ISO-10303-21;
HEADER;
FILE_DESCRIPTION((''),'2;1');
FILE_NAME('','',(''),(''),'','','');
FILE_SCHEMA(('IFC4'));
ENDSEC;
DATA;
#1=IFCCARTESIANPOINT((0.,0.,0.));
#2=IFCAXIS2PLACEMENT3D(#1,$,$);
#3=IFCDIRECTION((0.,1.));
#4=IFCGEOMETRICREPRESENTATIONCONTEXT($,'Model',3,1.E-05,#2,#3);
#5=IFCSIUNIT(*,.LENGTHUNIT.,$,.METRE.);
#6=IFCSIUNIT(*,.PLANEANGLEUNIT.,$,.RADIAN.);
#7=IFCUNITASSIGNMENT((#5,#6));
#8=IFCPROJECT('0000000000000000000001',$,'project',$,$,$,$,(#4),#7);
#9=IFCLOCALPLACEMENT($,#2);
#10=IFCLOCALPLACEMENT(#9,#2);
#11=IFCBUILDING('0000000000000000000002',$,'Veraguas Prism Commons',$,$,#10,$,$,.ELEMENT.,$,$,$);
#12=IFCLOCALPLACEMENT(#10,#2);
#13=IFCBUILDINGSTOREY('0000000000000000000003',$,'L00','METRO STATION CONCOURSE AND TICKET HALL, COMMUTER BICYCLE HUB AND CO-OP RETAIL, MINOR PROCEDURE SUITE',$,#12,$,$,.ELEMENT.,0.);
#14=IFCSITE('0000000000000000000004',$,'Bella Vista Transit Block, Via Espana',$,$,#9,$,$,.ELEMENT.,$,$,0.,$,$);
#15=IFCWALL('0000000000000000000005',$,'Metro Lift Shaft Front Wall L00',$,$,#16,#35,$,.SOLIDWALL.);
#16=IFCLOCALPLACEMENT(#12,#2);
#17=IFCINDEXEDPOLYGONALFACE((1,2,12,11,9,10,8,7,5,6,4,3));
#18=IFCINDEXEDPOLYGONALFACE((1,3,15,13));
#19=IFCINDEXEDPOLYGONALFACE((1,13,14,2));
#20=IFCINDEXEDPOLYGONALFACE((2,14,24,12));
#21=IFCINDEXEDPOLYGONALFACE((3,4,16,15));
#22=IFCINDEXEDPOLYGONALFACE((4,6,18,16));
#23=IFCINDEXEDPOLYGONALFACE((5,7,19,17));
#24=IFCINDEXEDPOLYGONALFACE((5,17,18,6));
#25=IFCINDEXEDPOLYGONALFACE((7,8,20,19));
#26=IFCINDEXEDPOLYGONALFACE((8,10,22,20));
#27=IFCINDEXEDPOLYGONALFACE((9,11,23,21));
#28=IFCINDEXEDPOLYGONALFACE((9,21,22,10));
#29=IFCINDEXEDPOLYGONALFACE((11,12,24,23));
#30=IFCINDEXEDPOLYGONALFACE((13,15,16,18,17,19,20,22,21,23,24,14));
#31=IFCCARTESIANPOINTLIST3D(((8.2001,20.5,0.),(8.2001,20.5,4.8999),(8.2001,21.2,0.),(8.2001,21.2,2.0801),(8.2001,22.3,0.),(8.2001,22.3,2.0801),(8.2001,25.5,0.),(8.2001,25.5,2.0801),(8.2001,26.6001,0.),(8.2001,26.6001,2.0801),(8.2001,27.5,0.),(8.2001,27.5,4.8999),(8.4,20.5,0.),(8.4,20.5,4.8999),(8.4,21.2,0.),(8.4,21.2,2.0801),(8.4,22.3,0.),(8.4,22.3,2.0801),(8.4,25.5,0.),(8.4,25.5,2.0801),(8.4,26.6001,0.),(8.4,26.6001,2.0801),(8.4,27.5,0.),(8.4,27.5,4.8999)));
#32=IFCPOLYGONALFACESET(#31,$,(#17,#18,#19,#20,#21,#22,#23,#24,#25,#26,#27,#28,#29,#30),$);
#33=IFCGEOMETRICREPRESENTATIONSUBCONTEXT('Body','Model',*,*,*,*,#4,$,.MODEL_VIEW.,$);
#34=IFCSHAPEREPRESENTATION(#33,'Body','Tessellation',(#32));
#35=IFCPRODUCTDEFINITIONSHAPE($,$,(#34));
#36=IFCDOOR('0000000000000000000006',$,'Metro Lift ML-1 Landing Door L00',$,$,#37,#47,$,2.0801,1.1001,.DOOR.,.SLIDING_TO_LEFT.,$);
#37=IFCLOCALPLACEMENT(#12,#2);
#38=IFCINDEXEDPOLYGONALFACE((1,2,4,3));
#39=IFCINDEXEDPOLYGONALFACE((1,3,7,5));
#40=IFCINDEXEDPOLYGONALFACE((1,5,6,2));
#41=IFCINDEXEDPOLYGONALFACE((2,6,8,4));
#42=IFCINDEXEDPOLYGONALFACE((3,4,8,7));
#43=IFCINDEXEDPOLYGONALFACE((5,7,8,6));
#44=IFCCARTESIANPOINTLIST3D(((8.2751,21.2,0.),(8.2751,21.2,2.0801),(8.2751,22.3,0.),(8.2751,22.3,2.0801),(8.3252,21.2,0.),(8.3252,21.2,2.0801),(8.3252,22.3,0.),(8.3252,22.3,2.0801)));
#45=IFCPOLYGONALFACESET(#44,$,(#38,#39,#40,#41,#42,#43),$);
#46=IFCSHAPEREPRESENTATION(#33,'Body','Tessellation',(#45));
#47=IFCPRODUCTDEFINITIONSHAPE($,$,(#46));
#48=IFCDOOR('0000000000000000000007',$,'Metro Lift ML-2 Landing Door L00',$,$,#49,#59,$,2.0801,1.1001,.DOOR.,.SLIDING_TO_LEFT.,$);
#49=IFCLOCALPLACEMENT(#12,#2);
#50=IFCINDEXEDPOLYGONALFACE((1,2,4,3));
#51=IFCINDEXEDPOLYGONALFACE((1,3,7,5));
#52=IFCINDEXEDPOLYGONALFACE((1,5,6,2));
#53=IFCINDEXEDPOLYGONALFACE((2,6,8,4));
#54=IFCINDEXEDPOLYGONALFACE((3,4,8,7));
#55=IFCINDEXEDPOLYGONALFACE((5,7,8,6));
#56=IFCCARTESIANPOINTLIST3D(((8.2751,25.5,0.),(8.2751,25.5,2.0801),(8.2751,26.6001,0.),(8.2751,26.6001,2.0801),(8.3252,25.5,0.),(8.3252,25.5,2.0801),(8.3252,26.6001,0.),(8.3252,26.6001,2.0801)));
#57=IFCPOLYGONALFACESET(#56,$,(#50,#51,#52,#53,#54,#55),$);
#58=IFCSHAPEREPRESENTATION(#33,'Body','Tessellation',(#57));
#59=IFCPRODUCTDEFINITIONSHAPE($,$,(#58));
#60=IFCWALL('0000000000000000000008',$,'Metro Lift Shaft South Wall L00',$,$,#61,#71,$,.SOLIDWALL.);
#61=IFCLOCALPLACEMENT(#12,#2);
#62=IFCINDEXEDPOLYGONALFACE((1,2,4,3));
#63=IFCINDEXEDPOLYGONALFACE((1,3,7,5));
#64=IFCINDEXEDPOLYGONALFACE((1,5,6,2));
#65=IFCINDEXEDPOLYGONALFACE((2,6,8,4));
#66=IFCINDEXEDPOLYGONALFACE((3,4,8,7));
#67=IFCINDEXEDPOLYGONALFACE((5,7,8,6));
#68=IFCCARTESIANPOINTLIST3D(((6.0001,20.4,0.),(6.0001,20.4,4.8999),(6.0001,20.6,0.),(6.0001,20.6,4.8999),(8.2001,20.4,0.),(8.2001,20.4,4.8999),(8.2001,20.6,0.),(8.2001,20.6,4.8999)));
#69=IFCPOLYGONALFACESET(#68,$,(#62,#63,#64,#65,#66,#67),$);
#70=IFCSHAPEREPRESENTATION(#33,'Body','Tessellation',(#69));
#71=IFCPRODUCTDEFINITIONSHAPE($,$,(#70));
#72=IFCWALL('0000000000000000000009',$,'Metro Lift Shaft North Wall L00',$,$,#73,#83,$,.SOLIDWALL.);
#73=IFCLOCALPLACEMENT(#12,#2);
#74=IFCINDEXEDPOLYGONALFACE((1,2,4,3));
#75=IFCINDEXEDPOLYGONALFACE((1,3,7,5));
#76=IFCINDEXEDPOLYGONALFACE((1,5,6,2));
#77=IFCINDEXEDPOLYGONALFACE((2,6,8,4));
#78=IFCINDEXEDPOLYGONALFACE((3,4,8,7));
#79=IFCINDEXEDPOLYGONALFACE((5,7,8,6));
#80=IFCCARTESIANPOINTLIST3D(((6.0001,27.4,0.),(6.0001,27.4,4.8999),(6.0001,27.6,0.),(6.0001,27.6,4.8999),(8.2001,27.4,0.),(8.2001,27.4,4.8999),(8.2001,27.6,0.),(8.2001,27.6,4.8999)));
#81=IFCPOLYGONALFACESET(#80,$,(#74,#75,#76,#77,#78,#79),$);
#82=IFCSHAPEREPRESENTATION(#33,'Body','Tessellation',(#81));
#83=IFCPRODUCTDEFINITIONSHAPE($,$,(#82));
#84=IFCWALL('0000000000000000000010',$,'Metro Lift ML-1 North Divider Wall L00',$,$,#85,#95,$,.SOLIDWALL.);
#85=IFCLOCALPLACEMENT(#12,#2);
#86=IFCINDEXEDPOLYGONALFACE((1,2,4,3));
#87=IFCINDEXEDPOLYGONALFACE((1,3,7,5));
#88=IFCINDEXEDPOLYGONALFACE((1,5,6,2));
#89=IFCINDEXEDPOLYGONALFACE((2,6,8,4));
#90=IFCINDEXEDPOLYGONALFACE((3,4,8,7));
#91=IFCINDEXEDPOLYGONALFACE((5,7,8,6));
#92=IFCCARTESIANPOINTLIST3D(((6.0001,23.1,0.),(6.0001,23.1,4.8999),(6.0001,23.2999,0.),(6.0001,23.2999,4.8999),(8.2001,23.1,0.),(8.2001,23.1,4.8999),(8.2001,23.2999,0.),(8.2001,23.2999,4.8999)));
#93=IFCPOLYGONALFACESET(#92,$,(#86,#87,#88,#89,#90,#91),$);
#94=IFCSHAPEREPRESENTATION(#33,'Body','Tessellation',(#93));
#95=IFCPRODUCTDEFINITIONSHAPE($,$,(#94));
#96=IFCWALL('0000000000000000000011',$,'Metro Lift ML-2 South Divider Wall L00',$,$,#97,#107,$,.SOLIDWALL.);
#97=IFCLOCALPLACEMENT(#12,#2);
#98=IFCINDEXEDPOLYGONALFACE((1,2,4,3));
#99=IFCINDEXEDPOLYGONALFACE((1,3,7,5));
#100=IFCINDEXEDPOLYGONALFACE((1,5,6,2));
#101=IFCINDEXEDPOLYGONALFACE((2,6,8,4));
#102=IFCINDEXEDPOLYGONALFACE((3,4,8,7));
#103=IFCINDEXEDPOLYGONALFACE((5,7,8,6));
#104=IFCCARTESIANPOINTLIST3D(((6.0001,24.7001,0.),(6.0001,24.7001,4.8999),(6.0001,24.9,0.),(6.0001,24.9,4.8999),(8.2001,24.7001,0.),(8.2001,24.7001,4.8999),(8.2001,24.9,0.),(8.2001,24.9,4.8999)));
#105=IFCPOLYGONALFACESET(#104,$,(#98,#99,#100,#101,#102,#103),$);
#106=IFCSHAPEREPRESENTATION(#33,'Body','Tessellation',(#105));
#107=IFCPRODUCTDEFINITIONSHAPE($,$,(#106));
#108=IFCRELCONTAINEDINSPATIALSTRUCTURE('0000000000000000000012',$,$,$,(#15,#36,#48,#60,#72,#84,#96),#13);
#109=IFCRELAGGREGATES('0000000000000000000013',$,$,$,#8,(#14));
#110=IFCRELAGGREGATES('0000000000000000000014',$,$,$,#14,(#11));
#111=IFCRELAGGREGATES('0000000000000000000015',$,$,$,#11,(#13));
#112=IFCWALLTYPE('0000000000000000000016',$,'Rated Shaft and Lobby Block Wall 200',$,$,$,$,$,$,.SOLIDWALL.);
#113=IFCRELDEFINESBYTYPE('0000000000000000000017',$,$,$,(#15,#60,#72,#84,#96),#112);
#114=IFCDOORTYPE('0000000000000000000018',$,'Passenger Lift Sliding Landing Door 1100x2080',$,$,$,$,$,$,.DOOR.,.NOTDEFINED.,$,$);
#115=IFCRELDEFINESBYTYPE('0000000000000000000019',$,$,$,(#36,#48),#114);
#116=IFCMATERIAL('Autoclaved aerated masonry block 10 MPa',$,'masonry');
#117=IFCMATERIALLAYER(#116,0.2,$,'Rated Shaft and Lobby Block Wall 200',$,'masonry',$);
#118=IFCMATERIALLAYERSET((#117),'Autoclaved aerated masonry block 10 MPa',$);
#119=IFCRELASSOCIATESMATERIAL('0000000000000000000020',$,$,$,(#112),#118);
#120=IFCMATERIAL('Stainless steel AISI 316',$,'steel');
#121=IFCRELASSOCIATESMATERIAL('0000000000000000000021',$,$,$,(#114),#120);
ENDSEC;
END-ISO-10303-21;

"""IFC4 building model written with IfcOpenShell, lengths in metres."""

from ifc_helpers import new_model, si_unit, direction, frame, frame_2d, origin, place, context, subcontext, project, spatial, rectangle, extrude, source, transform, mapped, material, layer, layer_set, type_object, element, fill, save


model = new_model("IFC4")

# Units and contexts
model_context = context("Model", 3, precision=1e-05, world=origin(), true_north=direction((0.0, 1.0)))
body_context = subcontext(model_context, "Body", "Model", "MODEL_VIEW")
ifc_project = project(units=[si_unit("LENGTHUNIT", "METRE"), si_unit("PLANEANGLEUNIT", "RADIAN")], contexts=[model_context])

# Site, building, storey
site_placement = place(None, origin())
site = spatial("IfcSite", under=ifc_project, at=site_placement, Name="Bella Vista Transit Block, Via Espana", CompositionType="ELEMENT", RefElevation=0.0)
building_placement = place(site_placement, origin())
building = spatial("IfcBuilding", under=site, at=building_placement, Name="Veraguas Prism Commons", CompositionType="ELEMENT")
storey_placement = place(building_placement, origin())
storey = spatial("IfcBuildingStorey", under=building, at=storey_placement, Name="L00", Description="METRO STATION CONCOURSE AND TICKET HALL, COMMUTER BICYCLE HUB AND CO-OP RETAIL, MINOR PROCEDURE SUITE", CompositionType="ELEMENT", Elevation=0.0)

# Wall, openings, doors
ifc_material_1 = material(Name="Autoclaved aerated masonry block 10 MPa", Category="masonry")
ifc_layer_1 = layer(ifc_material_1, 0.2, Name="Rated Shaft and Lobby Block Wall 200", Category="masonry")
ifc_layer_set_1 = layer_set([ifc_layer_1], Name="Autoclaved aerated masonry block 10 MPa")
wall_type_1 = type_object("IfcWallType", Name="Rated Shaft and Lobby Block Wall 200", PredefinedType="SOLIDWALL", material=ifc_layer_set_1)
wall_1_placement = place(storey_placement, frame((8.3, 20.5, 0.0), z_axis=(0.0, 0.0, 1.0), x_axis=(0.0, 1.0, 0.0)))
wall_1 = element("IfcWall", 1, at=wall_1_placement, inside=storey, type_object=wall_type_1, Name="Metro Lift Shaft Front Wall L00", PredefinedType="SOLIDWALL", context=body_context, shape_type="SweptSolid", body=[
    extrude(rectangle(XDim=7.0, YDim=0.2, at=frame_2d((3.5, 0.0))), origin(), (0.0, 0.0, 1.0), 4.8999),
])
opening_1_placement = place(wall_1_placement, frame((0.7, 0.0, 0.0)))
opening_1 = element("IfcOpeningElement", 2, at=opening_1_placement, cuts=wall_1, PredefinedType="OPENING", context=body_context, shape_type="SweptSolid", body=[
    extrude(rectangle(XDim=1.1001, YDim=2.0801, at=frame_2d((0.55, 1.04))), frame((0.0, 0.1099, 0.0), z_axis=(0.0, -1.0, 0.0), x_axis=(1.0, 0.0, 0.0)), (0.0, 0.0, 1.0), 0.22),
])
opening_2_placement = place(wall_1_placement, frame((5.0, 0.0, 0.0)))
opening_2 = element("IfcOpeningElement", 3, at=opening_2_placement, cuts=wall_1, PredefinedType="OPENING", context=body_context, shape_type="SweptSolid", body=[
    extrude(rectangle(XDim=1.1001, YDim=2.0801, at=frame_2d((0.55, 1.04))), frame((0.0, 0.1099, 0.0), z_axis=(0.0, -1.0, 0.0), x_axis=(1.0, 0.0, 0.0)), (0.0, 0.0, 1.0), 0.22),
])
ifc_material_2 = material(Name="Stainless steel AISI 316", Category="steel")
door_type = type_object("IfcDoorType", Name="Passenger Lift Sliding Landing Door 1100x2080", OperationType="NOTDEFINED", PredefinedType="DOOR", material=ifc_material_2)
shared_shape_1 = source(origin(), body_context, "Body", "SweptSolid", [
    extrude(rectangle(XDim=1.1001, YDim=2.0801, at=frame_2d((0.55, 1.04))), frame((0.0, 0.0249, 0.0), z_axis=(0.0, -1.0, 0.0), x_axis=(1.0, 0.0, 0.0)), (0.0, 0.0, 1.0), 0.05),
])
door_1_placement = place(opening_1_placement, origin())
door_1 = element("IfcDoor", 4, at=door_1_placement, inside=storey, type_object=door_type, Name="Metro Lift ML-1 Landing Door L00", OperationType="SLIDING_TO_LEFT", OverallHeight=2.0801, OverallWidth=1.1001, PredefinedType="DOOR", context=body_context, shape_type="MappedRepresentation", body=[
    mapped(shared_shape_1, transform((0.0, 0.0, 0.0), scale=1.0)),
])
fill(opening_1, door_1)
door_2_placement = place(opening_2_placement, origin())
door_2 = element("IfcDoor", 5, at=door_2_placement, inside=storey, type_object=door_type, Name="Metro Lift ML-2 Landing Door L00", OperationType="SLIDING_TO_LEFT", OverallHeight=2.0801, OverallWidth=1.1001, PredefinedType="DOOR", context=body_context, shape_type="MappedRepresentation", body=[
    mapped(shared_shape_1, transform((0.0, 0.0, 0.0), scale=1.0)),
])
fill(opening_2, door_2)

# Walls
for number, where, z_axis, x_axis, name in (
    (6, (6.0, 20.5, 0.0), (0.0, 0.0, 1.0), (1.0, 0.0, 0.0), "Metro Lift Shaft South Wall L00"),
    (7, (6.0, 27.5, 0.0), (0.0, 0.0, 1.0), (1.0, 0.0, 0.0), "Metro Lift Shaft North Wall L00"),
    (8, (6.0, 23.2, 0.0), (0.0, 0.0, 1.0), (1.0, 0.0, 0.0), "Metro Lift ML-1 North Divider Wall L00"),
    (9, (6.0, 24.8, 0.0), (0.0, 0.0, 1.0), (1.0, 0.0, 0.0), "Metro Lift ML-2 South Divider Wall L00"),
):
    element("IfcWall", number, at=place(storey_placement, frame(where, z_axis=z_axis, x_axis=x_axis)), inside=storey, type_object=wall_type_1, Name=name, PredefinedType="SOLIDWALL", context=body_context, shape_type="SweptSolid", body=[
        extrude(rectangle(XDim=2.2, YDim=0.2, at=frame_2d((1.1001, 0.0))), origin(), (0.0, 0.0, 1.0), 4.8999),
    ])

save(model, "model.ifc")
